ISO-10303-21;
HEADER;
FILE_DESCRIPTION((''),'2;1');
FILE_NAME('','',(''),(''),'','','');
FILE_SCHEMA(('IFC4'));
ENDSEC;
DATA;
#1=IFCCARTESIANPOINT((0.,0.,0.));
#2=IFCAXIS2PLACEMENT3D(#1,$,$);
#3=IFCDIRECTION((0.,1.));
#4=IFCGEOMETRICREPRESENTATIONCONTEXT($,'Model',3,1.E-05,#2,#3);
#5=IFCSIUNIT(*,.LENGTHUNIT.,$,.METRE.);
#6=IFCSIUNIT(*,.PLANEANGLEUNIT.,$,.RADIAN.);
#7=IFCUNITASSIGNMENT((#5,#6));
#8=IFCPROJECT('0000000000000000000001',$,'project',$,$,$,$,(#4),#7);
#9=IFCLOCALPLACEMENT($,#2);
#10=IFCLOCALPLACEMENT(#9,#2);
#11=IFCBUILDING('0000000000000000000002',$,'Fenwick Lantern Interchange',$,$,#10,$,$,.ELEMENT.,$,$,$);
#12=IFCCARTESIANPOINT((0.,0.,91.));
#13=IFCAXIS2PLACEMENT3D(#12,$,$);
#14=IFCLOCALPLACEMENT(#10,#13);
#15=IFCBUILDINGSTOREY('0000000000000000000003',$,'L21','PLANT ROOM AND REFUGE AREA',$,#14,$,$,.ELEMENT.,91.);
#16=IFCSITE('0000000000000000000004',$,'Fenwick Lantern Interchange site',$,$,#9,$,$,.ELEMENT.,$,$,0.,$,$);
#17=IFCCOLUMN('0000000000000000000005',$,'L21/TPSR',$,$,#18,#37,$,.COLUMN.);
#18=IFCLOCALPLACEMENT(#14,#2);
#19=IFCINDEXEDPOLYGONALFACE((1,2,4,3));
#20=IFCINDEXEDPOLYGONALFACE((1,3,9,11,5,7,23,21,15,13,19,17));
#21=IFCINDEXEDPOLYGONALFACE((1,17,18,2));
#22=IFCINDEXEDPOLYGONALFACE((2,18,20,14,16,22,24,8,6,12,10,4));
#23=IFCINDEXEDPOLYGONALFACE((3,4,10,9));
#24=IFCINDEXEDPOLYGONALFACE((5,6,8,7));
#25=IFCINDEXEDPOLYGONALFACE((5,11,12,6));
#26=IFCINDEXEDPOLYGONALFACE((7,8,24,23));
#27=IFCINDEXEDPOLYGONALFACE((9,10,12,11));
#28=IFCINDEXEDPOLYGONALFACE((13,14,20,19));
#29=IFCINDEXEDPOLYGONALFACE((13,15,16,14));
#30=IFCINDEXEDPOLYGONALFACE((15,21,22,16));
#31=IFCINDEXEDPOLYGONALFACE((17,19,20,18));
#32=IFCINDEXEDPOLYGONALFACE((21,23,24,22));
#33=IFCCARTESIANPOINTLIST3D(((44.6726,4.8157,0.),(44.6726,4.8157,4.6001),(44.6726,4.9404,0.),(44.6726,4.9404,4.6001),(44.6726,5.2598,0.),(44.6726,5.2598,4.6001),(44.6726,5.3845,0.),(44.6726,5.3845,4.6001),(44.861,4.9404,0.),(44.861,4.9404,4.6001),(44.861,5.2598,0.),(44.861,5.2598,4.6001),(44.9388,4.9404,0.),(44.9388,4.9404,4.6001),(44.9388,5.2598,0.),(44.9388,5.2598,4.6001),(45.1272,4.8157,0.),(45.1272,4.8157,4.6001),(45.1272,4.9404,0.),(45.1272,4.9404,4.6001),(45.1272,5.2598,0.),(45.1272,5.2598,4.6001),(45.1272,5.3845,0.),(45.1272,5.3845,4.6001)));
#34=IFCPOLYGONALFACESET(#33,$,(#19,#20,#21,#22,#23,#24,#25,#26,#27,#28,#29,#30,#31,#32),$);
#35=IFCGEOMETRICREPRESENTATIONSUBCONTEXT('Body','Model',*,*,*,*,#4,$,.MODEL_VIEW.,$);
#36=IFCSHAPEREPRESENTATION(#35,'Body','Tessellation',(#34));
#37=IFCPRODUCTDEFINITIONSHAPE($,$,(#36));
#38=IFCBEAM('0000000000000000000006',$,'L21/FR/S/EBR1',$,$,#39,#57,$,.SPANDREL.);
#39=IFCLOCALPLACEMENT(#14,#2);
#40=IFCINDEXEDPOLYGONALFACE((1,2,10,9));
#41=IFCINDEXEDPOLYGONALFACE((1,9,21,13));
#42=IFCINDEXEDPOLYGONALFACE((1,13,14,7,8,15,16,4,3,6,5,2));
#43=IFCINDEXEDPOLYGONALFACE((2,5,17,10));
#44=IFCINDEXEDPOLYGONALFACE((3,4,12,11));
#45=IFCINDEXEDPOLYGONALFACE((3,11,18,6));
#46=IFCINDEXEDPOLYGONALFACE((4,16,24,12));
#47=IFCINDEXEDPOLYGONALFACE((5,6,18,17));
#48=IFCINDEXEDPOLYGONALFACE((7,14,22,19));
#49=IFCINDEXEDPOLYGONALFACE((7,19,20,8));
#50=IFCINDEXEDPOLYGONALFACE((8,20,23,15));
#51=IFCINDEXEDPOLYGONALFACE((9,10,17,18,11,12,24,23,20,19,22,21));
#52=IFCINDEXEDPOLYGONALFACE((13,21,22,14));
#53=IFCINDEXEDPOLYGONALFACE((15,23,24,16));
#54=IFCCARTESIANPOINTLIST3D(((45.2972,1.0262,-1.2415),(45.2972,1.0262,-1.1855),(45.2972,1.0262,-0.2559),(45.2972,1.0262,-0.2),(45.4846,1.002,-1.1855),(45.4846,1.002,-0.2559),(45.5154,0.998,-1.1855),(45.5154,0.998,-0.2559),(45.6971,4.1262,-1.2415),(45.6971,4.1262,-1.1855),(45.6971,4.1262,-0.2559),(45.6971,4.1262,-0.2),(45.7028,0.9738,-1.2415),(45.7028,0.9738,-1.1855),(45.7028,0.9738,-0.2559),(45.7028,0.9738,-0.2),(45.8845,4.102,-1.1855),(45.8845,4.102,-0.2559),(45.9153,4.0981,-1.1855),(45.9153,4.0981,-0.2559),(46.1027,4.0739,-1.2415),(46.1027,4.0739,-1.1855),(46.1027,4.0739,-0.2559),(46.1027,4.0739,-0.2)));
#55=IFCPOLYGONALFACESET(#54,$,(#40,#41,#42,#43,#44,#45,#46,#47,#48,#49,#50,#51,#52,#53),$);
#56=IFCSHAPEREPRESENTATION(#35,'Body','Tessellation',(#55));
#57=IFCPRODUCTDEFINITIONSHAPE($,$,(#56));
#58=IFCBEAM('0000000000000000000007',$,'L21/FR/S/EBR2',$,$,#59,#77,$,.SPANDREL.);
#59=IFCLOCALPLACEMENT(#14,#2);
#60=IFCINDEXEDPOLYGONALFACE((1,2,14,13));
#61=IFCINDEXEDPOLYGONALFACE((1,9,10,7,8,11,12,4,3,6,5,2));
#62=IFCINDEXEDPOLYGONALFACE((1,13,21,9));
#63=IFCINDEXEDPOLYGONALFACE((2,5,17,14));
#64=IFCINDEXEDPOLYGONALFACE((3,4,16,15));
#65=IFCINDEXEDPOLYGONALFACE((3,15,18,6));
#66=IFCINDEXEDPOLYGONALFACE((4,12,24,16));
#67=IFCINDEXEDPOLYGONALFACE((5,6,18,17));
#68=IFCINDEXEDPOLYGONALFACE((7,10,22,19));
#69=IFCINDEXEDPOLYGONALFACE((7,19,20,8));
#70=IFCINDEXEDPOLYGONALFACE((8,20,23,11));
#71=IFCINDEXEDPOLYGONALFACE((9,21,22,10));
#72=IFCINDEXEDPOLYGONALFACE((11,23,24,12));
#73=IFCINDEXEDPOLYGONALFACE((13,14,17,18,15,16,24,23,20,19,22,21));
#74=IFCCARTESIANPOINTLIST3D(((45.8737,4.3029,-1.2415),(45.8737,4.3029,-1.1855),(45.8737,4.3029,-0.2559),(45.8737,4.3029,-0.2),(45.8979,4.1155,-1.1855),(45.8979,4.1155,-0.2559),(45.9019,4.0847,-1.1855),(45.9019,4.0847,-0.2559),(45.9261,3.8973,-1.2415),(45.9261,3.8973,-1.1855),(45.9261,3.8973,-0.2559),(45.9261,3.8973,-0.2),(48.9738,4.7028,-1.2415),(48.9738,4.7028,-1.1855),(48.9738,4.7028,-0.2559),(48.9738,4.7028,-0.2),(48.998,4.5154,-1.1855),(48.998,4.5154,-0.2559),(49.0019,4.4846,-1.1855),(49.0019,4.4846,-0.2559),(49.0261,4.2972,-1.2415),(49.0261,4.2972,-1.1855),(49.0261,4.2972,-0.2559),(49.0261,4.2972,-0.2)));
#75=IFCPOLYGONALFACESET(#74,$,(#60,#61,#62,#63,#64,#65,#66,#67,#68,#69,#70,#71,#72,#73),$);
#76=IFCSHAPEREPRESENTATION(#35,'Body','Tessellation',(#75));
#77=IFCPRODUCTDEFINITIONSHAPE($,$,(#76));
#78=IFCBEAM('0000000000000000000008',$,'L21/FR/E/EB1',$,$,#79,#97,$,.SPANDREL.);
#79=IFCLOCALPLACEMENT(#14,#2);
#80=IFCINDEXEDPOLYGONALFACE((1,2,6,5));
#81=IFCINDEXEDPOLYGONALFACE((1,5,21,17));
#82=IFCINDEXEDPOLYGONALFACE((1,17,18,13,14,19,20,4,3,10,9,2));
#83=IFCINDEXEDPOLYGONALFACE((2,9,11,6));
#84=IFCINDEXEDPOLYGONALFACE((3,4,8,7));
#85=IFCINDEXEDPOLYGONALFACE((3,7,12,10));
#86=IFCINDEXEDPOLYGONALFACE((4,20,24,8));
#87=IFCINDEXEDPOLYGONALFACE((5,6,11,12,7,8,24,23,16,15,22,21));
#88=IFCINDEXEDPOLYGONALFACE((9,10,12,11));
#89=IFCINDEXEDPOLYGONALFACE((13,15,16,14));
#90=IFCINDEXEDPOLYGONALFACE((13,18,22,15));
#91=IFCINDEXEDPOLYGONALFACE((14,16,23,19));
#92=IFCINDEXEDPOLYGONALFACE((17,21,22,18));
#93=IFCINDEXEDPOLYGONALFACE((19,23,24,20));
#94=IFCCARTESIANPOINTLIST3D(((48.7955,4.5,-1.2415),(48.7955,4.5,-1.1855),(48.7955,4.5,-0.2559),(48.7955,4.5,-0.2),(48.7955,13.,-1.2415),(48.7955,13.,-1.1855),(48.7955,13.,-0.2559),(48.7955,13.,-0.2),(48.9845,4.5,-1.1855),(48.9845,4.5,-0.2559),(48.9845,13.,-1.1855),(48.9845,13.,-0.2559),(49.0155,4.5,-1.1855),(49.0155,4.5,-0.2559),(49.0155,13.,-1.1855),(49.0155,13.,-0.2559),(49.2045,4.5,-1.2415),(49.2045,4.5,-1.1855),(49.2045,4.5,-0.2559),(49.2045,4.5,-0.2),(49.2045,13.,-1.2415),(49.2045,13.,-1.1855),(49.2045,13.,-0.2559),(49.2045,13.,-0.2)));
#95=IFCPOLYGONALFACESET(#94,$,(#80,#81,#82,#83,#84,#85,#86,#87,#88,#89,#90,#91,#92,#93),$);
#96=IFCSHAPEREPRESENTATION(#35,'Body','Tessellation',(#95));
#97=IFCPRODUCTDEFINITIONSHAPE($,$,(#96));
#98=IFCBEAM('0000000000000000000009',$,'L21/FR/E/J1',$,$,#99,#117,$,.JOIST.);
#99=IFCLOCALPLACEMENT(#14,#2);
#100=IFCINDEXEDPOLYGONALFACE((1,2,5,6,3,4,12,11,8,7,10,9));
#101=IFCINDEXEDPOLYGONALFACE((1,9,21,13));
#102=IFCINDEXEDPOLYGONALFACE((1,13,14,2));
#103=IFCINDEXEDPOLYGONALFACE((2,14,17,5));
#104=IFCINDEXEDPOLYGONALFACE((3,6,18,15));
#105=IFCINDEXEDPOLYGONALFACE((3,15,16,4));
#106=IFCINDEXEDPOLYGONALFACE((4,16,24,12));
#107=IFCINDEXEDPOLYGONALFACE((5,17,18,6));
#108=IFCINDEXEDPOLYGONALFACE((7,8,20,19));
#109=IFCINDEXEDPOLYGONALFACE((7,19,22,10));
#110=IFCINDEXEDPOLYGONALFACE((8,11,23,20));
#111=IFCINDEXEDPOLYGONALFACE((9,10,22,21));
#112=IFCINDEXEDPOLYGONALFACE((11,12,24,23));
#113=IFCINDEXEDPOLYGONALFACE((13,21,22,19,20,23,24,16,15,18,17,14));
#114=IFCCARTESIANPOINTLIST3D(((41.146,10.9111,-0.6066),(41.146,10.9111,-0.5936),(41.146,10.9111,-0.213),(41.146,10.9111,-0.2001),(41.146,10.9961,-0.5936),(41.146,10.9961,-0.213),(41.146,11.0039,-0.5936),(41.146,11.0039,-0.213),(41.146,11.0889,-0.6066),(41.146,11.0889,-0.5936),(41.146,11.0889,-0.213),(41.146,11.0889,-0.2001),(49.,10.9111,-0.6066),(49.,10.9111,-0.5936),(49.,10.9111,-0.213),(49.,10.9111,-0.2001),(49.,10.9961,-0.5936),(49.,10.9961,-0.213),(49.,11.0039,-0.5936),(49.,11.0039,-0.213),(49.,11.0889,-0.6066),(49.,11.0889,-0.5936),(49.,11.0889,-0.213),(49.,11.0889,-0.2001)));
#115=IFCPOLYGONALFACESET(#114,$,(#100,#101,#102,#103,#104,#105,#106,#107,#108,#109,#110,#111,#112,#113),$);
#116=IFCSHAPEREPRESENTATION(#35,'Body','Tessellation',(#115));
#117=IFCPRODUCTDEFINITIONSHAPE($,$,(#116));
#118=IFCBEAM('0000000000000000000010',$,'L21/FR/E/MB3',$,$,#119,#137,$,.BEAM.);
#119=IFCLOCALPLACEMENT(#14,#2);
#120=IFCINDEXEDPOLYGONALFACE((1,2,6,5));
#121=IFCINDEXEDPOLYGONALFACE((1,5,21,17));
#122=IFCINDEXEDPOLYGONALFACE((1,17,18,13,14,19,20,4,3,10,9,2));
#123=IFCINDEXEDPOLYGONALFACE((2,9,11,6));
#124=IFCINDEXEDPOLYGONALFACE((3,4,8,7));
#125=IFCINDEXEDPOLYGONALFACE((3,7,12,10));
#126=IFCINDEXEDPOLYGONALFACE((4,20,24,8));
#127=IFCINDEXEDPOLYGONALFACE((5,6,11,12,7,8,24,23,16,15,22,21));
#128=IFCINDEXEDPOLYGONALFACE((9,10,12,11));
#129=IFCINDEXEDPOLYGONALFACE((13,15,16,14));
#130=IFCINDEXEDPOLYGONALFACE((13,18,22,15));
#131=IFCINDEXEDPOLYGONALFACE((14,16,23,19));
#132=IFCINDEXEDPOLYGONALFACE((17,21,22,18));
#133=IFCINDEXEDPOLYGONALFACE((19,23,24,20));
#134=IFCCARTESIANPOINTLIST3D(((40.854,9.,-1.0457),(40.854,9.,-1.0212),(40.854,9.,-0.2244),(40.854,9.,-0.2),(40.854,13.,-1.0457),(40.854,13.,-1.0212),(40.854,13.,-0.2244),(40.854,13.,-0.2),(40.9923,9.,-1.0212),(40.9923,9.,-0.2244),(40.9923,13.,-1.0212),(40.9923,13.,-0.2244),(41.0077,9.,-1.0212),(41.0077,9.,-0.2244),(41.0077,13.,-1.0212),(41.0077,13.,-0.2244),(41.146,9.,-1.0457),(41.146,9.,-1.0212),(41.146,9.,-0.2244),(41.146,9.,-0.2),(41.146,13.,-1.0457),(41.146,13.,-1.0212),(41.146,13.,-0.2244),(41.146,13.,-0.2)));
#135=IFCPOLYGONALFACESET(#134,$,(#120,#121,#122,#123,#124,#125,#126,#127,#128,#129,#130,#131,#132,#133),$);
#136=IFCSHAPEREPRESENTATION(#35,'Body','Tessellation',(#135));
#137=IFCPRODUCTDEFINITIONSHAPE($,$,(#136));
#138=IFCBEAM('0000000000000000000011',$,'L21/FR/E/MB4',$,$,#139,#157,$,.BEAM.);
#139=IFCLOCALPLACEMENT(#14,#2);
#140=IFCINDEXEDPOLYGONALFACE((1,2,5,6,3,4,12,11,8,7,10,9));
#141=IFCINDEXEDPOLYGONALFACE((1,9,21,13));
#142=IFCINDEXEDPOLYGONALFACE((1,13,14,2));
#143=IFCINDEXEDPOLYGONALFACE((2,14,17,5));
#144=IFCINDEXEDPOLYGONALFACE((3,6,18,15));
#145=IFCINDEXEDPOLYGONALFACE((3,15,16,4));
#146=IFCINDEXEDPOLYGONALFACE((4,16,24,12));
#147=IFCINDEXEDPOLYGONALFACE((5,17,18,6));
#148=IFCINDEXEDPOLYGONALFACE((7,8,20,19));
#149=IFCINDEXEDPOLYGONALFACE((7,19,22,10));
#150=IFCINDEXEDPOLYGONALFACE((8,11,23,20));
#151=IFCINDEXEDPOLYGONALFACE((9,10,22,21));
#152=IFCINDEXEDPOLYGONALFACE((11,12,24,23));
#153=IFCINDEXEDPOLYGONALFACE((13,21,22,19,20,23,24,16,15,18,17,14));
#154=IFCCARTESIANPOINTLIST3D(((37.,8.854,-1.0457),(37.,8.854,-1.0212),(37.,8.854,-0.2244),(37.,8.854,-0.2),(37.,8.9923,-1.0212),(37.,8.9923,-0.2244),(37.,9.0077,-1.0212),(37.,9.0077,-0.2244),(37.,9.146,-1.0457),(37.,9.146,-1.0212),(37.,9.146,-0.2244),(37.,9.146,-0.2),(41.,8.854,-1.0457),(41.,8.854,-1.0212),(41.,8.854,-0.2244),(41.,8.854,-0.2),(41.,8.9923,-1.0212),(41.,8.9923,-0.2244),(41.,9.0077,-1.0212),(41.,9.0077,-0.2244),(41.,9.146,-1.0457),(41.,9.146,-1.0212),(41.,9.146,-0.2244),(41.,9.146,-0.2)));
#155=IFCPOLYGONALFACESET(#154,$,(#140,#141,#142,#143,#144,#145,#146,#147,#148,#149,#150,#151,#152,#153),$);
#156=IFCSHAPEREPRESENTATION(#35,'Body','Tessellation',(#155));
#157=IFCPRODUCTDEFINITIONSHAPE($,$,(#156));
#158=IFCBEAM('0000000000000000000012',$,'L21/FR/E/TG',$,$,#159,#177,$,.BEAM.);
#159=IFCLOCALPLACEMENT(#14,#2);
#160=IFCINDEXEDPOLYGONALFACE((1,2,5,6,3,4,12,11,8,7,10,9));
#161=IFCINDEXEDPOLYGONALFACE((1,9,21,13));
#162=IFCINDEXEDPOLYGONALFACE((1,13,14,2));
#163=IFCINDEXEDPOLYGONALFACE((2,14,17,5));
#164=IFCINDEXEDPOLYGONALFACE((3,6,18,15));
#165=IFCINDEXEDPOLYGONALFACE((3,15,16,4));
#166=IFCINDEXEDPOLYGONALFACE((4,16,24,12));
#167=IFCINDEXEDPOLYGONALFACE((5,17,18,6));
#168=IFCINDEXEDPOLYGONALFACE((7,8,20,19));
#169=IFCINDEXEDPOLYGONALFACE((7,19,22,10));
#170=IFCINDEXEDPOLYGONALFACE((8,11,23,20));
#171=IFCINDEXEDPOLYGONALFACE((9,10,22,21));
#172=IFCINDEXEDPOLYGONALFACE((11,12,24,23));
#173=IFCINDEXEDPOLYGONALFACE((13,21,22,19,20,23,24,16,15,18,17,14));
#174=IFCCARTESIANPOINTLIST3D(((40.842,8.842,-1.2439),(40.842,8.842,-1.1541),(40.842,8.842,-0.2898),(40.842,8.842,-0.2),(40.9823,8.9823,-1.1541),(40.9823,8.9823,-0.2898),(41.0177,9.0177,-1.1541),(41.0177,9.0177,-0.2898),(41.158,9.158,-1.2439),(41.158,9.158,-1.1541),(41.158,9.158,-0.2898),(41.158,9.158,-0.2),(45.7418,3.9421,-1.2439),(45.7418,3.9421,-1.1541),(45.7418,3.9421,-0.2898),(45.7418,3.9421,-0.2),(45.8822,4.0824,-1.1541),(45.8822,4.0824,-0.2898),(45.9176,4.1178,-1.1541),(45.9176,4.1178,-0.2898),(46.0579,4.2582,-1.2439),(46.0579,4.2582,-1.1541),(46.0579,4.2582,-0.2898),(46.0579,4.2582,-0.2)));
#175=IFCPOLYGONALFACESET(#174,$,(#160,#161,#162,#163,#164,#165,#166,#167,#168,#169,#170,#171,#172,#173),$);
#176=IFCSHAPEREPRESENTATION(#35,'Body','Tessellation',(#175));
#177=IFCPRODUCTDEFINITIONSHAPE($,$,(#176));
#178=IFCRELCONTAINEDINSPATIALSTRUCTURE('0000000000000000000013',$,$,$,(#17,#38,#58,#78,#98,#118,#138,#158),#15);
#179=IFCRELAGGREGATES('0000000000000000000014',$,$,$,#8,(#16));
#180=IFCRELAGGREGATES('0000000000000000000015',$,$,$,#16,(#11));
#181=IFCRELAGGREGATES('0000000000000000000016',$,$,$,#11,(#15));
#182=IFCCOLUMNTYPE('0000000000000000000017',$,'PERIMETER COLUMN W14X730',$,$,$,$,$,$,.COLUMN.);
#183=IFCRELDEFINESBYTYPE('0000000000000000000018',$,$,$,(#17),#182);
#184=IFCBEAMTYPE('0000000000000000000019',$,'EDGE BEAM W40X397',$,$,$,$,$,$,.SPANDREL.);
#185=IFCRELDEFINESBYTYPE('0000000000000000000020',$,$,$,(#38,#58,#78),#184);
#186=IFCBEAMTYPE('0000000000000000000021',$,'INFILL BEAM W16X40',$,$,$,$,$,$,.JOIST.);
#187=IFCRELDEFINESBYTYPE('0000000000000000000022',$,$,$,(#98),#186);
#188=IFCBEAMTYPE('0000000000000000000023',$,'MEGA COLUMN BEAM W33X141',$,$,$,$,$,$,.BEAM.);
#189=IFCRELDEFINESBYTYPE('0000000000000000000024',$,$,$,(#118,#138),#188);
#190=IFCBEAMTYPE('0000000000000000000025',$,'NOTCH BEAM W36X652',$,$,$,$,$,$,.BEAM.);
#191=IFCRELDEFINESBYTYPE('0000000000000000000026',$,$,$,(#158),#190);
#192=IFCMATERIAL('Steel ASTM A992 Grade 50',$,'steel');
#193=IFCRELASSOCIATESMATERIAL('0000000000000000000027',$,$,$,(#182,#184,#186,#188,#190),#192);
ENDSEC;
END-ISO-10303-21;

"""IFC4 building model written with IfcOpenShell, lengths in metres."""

from ifc_helpers import new_model, si_unit, direction, frame, origin, origin_2d, place, context, subcontext, project, spatial, i_section, extrude, material, material_profile, profile_set, type_object, element, save


model = new_model("IFC4")

# Units and contexts
model_context = context("Model", 3, precision=1e-05, world=origin(), true_north=direction((0.0, 1.0)))
body_context = subcontext(model_context, "Body", "Model", "MODEL_VIEW")
ifc_project = project(units=[si_unit("LENGTHUNIT", "METRE"), si_unit("PLANEANGLEUNIT", "RADIAN")], contexts=[model_context])

# Site, building, storey
site_placement = place(None, origin())
site = spatial("IfcSite", under=ifc_project, at=site_placement, Name="Fenwick Lantern Interchange site", CompositionType="ELEMENT", RefElevation=0.0)
building_placement = place(site_placement, origin())
building = spatial("IfcBuilding", under=site, at=building_placement, Name="Fenwick Lantern Interchange", CompositionType="ELEMENT")
storey_placement = place(building_placement, frame((0.0, 0.0, 91.0)))
storey = spatial("IfcBuildingStorey", under=building, at=storey_placement, Name="L21", Description="PLANT ROOM AND REFUGE AREA", CompositionType="ELEMENT", Elevation=91.0)

# Column
ifc_material_1 = material(Name="Steel ASTM A992 Grade 50", Category="steel")
ifc_material_profile_1 = material_profile(ifc_material_1, i_section(OverallWidth=0.4546, OverallDepth=0.5688, WebThickness=0.0779, FlangeThickness=0.1248, at=origin_2d()), Name="W14X730")
ifc_profile_set_1 = profile_set([ifc_material_profile_1], Name="Steel ASTM A992 Grade 50")
column_type = type_object("IfcColumnType", Name="PERIMETER COLUMN W14X730", PredefinedType="COLUMN", material=ifc_profile_set_1)
column_placement = place(storey_placement, frame((44.8999, 5.1001, 0.0), z_axis=(0.0, 0.0, 1.0), x_axis=(1.0, 0.0, 0.0)))
element("IfcColumn", 1, at=column_placement, inside=storey, type_object=column_type, Name="L21/TPSR", PredefinedType="COLUMN", context=body_context, shape_type="SweptSolid", body=[
    extrude(i_section(OverallWidth=0.4546, OverallDepth=0.5688, WebThickness=0.0779, FlangeThickness=0.1248, at=origin_2d()), origin(), (0.0, 0.0, 1.0), 4.6001),
])

# Beams
ifc_material_profile_2 = material_profile(ifc_material_1, i_section(OverallWidth=0.4089, OverallDepth=1.0415, WebThickness=0.031, FlangeThickness=0.0559, at=origin_2d()), Name="W40X397")
ifc_profile_set_2 = profile_set([ifc_material_profile_2], Name="Steel ASTM A992 Grade 50")
beam_type_1 = type_object("IfcBeamType", Name="EDGE BEAM W40X397", PredefinedType="SPANDREL", material=ifc_profile_set_2)
for number, where, z_axis, x_axis, name in (
    (2, (45.5, 1.0, -0.7207), (0.127937, 0.991782, 0.0), (-0.991782, 0.127937, 0.0), "L21/FR/S/EBR1"),
    (3, (45.8999, 4.1001, -0.7207), (0.991782, 0.127937, 0.0), (-0.127937, 0.991782, 0.0), "L21/FR/S/EBR2"),
):
    element("IfcBeam", number, at=place(storey_placement, frame(where, z_axis=z_axis, x_axis=x_axis)), inside=storey, type_object=beam_type_1, Name=name, PredefinedType="SPANDREL", context=body_context, shape_type="SweptSolid", body=[
        extrude(i_section(OverallWidth=0.4089, OverallDepth=1.0415, WebThickness=0.031, FlangeThickness=0.0559, at=origin_2d()), origin(), (0.0, 0.0, 1.0), 3.1257),
    ])
beam_1_placement = place(storey_placement, frame((49.0, 4.5, -0.7207), z_axis=(0.0, 1.0, 0.0), x_axis=(-1.0, 0.0, 0.0)))
element("IfcBeam", 4, at=beam_1_placement, inside=storey, type_object=beam_type_1, Name="L21/FR/E/EB1", PredefinedType="SPANDREL", context=body_context, shape_type="SweptSolid", body=[
    extrude(i_section(OverallWidth=0.4089, OverallDepth=1.0415, WebThickness=0.031, FlangeThickness=0.0559, at=origin_2d()), origin(), (0.0, 0.0, 1.0), 8.5),
])
ifc_material_profile_3 = material_profile(ifc_material_1, i_section(OverallWidth=0.1777, OverallDepth=0.4065, WebThickness=0.0078, FlangeThickness=0.0129, at=origin_2d()), Name="W16X40")
ifc_profile_set_3 = profile_set([ifc_material_profile_3], Name="Steel ASTM A992 Grade 50")
beam_type_2 = type_object("IfcBeamType", Name="INFILL BEAM W16X40", PredefinedType="JOIST", material=ifc_profile_set_3)
beam_2_placement = place(storey_placement, frame((49.0, 11.0, -0.4033), z_axis=(-1.0, 0.0, 0.0), x_axis=(0.0, -1.0, 0.0)))
element("IfcBeam", 5, at=beam_2_placement, inside=storey, type_object=beam_type_2, Name="L21/FR/E/J1", PredefinedType="JOIST", context=body_context, shape_type="SweptSolid", body=[
    extrude(i_section(OverallWidth=0.1777, OverallDepth=0.4065, WebThickness=0.0078, FlangeThickness=0.0129, at=origin_2d()), origin(), (0.0, 0.0, 1.0), 7.854),
])
ifc_material_profile_4 = material_profile(ifc_material_1, i_section(OverallWidth=0.292, OverallDepth=0.8457, WebThickness=0.0154, FlangeThickness=0.0244, at=origin_2d()), Name="W33X141")
ifc_profile_set_4 = profile_set([ifc_material_profile_4], Name="Steel ASTM A992 Grade 50")
beam_type_3 = type_object("IfcBeamType", Name="MEGA COLUMN BEAM W33X141", PredefinedType="BEAM", material=ifc_profile_set_4)
for number, where, z_axis, x_axis, name in (
    (6, (41.0, 9.0, -0.6228), (0.0, 1.0, 0.0), (-1.0, 0.0, 0.0), "L21/FR/E/MB3"),
    (7, (41.0, 9.0, -0.6228), (-1.0, 0.0, 0.0), (0.0, -1.0, 0.0), "L21/FR/E/MB4"),
):
    element("IfcBeam", number, at=place(storey_placement, frame(where, z_axis=z_axis, x_axis=x_axis)), inside=storey, type_object=beam_type_3, Name=name, PredefinedType="BEAM", context=body_context, shape_type="SweptSolid", body=[
        extrude(i_section(OverallWidth=0.292, OverallDepth=0.8457, WebThickness=0.0154, FlangeThickness=0.0244, at=origin_2d()), origin(), (0.0, 0.0, 1.0), 4.0),
    ])
ifc_material_profile_5 = material_profile(ifc_material_1, i_section(OverallWidth=0.447, OverallDepth=1.0439, WebThickness=0.05, FlangeThickness=0.0898, at=origin_2d()), Name="W36X652")
ifc_profile_set_5 = profile_set([ifc_material_profile_5], Name="Steel ASTM A992 Grade 50")
beam_type_4 = type_object("IfcBeamType", Name="NOTCH BEAM W36X652", PredefinedType="BEAM", material=ifc_profile_set_5)
beam_3_placement = place(storey_placement, frame((41.0, 9.0, -0.7219), z_axis=(0.707107, -0.707107, 0.0), x_axis=(0.707107, 0.707107, 0.0)))
element("IfcBeam", 8, at=beam_3_placement, inside=storey, type_object=beam_type_4, Name="L21/FR/E/TG", PredefinedType="BEAM", context=body_context, shape_type="SweptSolid", body=[
    extrude(i_section(OverallWidth=0.447, OverallDepth=1.0439, WebThickness=0.05, FlangeThickness=0.0898, at=origin_2d()), origin(), (0.0, 0.0, 1.0), 6.9294),
])

save(model, "model.ifc")
